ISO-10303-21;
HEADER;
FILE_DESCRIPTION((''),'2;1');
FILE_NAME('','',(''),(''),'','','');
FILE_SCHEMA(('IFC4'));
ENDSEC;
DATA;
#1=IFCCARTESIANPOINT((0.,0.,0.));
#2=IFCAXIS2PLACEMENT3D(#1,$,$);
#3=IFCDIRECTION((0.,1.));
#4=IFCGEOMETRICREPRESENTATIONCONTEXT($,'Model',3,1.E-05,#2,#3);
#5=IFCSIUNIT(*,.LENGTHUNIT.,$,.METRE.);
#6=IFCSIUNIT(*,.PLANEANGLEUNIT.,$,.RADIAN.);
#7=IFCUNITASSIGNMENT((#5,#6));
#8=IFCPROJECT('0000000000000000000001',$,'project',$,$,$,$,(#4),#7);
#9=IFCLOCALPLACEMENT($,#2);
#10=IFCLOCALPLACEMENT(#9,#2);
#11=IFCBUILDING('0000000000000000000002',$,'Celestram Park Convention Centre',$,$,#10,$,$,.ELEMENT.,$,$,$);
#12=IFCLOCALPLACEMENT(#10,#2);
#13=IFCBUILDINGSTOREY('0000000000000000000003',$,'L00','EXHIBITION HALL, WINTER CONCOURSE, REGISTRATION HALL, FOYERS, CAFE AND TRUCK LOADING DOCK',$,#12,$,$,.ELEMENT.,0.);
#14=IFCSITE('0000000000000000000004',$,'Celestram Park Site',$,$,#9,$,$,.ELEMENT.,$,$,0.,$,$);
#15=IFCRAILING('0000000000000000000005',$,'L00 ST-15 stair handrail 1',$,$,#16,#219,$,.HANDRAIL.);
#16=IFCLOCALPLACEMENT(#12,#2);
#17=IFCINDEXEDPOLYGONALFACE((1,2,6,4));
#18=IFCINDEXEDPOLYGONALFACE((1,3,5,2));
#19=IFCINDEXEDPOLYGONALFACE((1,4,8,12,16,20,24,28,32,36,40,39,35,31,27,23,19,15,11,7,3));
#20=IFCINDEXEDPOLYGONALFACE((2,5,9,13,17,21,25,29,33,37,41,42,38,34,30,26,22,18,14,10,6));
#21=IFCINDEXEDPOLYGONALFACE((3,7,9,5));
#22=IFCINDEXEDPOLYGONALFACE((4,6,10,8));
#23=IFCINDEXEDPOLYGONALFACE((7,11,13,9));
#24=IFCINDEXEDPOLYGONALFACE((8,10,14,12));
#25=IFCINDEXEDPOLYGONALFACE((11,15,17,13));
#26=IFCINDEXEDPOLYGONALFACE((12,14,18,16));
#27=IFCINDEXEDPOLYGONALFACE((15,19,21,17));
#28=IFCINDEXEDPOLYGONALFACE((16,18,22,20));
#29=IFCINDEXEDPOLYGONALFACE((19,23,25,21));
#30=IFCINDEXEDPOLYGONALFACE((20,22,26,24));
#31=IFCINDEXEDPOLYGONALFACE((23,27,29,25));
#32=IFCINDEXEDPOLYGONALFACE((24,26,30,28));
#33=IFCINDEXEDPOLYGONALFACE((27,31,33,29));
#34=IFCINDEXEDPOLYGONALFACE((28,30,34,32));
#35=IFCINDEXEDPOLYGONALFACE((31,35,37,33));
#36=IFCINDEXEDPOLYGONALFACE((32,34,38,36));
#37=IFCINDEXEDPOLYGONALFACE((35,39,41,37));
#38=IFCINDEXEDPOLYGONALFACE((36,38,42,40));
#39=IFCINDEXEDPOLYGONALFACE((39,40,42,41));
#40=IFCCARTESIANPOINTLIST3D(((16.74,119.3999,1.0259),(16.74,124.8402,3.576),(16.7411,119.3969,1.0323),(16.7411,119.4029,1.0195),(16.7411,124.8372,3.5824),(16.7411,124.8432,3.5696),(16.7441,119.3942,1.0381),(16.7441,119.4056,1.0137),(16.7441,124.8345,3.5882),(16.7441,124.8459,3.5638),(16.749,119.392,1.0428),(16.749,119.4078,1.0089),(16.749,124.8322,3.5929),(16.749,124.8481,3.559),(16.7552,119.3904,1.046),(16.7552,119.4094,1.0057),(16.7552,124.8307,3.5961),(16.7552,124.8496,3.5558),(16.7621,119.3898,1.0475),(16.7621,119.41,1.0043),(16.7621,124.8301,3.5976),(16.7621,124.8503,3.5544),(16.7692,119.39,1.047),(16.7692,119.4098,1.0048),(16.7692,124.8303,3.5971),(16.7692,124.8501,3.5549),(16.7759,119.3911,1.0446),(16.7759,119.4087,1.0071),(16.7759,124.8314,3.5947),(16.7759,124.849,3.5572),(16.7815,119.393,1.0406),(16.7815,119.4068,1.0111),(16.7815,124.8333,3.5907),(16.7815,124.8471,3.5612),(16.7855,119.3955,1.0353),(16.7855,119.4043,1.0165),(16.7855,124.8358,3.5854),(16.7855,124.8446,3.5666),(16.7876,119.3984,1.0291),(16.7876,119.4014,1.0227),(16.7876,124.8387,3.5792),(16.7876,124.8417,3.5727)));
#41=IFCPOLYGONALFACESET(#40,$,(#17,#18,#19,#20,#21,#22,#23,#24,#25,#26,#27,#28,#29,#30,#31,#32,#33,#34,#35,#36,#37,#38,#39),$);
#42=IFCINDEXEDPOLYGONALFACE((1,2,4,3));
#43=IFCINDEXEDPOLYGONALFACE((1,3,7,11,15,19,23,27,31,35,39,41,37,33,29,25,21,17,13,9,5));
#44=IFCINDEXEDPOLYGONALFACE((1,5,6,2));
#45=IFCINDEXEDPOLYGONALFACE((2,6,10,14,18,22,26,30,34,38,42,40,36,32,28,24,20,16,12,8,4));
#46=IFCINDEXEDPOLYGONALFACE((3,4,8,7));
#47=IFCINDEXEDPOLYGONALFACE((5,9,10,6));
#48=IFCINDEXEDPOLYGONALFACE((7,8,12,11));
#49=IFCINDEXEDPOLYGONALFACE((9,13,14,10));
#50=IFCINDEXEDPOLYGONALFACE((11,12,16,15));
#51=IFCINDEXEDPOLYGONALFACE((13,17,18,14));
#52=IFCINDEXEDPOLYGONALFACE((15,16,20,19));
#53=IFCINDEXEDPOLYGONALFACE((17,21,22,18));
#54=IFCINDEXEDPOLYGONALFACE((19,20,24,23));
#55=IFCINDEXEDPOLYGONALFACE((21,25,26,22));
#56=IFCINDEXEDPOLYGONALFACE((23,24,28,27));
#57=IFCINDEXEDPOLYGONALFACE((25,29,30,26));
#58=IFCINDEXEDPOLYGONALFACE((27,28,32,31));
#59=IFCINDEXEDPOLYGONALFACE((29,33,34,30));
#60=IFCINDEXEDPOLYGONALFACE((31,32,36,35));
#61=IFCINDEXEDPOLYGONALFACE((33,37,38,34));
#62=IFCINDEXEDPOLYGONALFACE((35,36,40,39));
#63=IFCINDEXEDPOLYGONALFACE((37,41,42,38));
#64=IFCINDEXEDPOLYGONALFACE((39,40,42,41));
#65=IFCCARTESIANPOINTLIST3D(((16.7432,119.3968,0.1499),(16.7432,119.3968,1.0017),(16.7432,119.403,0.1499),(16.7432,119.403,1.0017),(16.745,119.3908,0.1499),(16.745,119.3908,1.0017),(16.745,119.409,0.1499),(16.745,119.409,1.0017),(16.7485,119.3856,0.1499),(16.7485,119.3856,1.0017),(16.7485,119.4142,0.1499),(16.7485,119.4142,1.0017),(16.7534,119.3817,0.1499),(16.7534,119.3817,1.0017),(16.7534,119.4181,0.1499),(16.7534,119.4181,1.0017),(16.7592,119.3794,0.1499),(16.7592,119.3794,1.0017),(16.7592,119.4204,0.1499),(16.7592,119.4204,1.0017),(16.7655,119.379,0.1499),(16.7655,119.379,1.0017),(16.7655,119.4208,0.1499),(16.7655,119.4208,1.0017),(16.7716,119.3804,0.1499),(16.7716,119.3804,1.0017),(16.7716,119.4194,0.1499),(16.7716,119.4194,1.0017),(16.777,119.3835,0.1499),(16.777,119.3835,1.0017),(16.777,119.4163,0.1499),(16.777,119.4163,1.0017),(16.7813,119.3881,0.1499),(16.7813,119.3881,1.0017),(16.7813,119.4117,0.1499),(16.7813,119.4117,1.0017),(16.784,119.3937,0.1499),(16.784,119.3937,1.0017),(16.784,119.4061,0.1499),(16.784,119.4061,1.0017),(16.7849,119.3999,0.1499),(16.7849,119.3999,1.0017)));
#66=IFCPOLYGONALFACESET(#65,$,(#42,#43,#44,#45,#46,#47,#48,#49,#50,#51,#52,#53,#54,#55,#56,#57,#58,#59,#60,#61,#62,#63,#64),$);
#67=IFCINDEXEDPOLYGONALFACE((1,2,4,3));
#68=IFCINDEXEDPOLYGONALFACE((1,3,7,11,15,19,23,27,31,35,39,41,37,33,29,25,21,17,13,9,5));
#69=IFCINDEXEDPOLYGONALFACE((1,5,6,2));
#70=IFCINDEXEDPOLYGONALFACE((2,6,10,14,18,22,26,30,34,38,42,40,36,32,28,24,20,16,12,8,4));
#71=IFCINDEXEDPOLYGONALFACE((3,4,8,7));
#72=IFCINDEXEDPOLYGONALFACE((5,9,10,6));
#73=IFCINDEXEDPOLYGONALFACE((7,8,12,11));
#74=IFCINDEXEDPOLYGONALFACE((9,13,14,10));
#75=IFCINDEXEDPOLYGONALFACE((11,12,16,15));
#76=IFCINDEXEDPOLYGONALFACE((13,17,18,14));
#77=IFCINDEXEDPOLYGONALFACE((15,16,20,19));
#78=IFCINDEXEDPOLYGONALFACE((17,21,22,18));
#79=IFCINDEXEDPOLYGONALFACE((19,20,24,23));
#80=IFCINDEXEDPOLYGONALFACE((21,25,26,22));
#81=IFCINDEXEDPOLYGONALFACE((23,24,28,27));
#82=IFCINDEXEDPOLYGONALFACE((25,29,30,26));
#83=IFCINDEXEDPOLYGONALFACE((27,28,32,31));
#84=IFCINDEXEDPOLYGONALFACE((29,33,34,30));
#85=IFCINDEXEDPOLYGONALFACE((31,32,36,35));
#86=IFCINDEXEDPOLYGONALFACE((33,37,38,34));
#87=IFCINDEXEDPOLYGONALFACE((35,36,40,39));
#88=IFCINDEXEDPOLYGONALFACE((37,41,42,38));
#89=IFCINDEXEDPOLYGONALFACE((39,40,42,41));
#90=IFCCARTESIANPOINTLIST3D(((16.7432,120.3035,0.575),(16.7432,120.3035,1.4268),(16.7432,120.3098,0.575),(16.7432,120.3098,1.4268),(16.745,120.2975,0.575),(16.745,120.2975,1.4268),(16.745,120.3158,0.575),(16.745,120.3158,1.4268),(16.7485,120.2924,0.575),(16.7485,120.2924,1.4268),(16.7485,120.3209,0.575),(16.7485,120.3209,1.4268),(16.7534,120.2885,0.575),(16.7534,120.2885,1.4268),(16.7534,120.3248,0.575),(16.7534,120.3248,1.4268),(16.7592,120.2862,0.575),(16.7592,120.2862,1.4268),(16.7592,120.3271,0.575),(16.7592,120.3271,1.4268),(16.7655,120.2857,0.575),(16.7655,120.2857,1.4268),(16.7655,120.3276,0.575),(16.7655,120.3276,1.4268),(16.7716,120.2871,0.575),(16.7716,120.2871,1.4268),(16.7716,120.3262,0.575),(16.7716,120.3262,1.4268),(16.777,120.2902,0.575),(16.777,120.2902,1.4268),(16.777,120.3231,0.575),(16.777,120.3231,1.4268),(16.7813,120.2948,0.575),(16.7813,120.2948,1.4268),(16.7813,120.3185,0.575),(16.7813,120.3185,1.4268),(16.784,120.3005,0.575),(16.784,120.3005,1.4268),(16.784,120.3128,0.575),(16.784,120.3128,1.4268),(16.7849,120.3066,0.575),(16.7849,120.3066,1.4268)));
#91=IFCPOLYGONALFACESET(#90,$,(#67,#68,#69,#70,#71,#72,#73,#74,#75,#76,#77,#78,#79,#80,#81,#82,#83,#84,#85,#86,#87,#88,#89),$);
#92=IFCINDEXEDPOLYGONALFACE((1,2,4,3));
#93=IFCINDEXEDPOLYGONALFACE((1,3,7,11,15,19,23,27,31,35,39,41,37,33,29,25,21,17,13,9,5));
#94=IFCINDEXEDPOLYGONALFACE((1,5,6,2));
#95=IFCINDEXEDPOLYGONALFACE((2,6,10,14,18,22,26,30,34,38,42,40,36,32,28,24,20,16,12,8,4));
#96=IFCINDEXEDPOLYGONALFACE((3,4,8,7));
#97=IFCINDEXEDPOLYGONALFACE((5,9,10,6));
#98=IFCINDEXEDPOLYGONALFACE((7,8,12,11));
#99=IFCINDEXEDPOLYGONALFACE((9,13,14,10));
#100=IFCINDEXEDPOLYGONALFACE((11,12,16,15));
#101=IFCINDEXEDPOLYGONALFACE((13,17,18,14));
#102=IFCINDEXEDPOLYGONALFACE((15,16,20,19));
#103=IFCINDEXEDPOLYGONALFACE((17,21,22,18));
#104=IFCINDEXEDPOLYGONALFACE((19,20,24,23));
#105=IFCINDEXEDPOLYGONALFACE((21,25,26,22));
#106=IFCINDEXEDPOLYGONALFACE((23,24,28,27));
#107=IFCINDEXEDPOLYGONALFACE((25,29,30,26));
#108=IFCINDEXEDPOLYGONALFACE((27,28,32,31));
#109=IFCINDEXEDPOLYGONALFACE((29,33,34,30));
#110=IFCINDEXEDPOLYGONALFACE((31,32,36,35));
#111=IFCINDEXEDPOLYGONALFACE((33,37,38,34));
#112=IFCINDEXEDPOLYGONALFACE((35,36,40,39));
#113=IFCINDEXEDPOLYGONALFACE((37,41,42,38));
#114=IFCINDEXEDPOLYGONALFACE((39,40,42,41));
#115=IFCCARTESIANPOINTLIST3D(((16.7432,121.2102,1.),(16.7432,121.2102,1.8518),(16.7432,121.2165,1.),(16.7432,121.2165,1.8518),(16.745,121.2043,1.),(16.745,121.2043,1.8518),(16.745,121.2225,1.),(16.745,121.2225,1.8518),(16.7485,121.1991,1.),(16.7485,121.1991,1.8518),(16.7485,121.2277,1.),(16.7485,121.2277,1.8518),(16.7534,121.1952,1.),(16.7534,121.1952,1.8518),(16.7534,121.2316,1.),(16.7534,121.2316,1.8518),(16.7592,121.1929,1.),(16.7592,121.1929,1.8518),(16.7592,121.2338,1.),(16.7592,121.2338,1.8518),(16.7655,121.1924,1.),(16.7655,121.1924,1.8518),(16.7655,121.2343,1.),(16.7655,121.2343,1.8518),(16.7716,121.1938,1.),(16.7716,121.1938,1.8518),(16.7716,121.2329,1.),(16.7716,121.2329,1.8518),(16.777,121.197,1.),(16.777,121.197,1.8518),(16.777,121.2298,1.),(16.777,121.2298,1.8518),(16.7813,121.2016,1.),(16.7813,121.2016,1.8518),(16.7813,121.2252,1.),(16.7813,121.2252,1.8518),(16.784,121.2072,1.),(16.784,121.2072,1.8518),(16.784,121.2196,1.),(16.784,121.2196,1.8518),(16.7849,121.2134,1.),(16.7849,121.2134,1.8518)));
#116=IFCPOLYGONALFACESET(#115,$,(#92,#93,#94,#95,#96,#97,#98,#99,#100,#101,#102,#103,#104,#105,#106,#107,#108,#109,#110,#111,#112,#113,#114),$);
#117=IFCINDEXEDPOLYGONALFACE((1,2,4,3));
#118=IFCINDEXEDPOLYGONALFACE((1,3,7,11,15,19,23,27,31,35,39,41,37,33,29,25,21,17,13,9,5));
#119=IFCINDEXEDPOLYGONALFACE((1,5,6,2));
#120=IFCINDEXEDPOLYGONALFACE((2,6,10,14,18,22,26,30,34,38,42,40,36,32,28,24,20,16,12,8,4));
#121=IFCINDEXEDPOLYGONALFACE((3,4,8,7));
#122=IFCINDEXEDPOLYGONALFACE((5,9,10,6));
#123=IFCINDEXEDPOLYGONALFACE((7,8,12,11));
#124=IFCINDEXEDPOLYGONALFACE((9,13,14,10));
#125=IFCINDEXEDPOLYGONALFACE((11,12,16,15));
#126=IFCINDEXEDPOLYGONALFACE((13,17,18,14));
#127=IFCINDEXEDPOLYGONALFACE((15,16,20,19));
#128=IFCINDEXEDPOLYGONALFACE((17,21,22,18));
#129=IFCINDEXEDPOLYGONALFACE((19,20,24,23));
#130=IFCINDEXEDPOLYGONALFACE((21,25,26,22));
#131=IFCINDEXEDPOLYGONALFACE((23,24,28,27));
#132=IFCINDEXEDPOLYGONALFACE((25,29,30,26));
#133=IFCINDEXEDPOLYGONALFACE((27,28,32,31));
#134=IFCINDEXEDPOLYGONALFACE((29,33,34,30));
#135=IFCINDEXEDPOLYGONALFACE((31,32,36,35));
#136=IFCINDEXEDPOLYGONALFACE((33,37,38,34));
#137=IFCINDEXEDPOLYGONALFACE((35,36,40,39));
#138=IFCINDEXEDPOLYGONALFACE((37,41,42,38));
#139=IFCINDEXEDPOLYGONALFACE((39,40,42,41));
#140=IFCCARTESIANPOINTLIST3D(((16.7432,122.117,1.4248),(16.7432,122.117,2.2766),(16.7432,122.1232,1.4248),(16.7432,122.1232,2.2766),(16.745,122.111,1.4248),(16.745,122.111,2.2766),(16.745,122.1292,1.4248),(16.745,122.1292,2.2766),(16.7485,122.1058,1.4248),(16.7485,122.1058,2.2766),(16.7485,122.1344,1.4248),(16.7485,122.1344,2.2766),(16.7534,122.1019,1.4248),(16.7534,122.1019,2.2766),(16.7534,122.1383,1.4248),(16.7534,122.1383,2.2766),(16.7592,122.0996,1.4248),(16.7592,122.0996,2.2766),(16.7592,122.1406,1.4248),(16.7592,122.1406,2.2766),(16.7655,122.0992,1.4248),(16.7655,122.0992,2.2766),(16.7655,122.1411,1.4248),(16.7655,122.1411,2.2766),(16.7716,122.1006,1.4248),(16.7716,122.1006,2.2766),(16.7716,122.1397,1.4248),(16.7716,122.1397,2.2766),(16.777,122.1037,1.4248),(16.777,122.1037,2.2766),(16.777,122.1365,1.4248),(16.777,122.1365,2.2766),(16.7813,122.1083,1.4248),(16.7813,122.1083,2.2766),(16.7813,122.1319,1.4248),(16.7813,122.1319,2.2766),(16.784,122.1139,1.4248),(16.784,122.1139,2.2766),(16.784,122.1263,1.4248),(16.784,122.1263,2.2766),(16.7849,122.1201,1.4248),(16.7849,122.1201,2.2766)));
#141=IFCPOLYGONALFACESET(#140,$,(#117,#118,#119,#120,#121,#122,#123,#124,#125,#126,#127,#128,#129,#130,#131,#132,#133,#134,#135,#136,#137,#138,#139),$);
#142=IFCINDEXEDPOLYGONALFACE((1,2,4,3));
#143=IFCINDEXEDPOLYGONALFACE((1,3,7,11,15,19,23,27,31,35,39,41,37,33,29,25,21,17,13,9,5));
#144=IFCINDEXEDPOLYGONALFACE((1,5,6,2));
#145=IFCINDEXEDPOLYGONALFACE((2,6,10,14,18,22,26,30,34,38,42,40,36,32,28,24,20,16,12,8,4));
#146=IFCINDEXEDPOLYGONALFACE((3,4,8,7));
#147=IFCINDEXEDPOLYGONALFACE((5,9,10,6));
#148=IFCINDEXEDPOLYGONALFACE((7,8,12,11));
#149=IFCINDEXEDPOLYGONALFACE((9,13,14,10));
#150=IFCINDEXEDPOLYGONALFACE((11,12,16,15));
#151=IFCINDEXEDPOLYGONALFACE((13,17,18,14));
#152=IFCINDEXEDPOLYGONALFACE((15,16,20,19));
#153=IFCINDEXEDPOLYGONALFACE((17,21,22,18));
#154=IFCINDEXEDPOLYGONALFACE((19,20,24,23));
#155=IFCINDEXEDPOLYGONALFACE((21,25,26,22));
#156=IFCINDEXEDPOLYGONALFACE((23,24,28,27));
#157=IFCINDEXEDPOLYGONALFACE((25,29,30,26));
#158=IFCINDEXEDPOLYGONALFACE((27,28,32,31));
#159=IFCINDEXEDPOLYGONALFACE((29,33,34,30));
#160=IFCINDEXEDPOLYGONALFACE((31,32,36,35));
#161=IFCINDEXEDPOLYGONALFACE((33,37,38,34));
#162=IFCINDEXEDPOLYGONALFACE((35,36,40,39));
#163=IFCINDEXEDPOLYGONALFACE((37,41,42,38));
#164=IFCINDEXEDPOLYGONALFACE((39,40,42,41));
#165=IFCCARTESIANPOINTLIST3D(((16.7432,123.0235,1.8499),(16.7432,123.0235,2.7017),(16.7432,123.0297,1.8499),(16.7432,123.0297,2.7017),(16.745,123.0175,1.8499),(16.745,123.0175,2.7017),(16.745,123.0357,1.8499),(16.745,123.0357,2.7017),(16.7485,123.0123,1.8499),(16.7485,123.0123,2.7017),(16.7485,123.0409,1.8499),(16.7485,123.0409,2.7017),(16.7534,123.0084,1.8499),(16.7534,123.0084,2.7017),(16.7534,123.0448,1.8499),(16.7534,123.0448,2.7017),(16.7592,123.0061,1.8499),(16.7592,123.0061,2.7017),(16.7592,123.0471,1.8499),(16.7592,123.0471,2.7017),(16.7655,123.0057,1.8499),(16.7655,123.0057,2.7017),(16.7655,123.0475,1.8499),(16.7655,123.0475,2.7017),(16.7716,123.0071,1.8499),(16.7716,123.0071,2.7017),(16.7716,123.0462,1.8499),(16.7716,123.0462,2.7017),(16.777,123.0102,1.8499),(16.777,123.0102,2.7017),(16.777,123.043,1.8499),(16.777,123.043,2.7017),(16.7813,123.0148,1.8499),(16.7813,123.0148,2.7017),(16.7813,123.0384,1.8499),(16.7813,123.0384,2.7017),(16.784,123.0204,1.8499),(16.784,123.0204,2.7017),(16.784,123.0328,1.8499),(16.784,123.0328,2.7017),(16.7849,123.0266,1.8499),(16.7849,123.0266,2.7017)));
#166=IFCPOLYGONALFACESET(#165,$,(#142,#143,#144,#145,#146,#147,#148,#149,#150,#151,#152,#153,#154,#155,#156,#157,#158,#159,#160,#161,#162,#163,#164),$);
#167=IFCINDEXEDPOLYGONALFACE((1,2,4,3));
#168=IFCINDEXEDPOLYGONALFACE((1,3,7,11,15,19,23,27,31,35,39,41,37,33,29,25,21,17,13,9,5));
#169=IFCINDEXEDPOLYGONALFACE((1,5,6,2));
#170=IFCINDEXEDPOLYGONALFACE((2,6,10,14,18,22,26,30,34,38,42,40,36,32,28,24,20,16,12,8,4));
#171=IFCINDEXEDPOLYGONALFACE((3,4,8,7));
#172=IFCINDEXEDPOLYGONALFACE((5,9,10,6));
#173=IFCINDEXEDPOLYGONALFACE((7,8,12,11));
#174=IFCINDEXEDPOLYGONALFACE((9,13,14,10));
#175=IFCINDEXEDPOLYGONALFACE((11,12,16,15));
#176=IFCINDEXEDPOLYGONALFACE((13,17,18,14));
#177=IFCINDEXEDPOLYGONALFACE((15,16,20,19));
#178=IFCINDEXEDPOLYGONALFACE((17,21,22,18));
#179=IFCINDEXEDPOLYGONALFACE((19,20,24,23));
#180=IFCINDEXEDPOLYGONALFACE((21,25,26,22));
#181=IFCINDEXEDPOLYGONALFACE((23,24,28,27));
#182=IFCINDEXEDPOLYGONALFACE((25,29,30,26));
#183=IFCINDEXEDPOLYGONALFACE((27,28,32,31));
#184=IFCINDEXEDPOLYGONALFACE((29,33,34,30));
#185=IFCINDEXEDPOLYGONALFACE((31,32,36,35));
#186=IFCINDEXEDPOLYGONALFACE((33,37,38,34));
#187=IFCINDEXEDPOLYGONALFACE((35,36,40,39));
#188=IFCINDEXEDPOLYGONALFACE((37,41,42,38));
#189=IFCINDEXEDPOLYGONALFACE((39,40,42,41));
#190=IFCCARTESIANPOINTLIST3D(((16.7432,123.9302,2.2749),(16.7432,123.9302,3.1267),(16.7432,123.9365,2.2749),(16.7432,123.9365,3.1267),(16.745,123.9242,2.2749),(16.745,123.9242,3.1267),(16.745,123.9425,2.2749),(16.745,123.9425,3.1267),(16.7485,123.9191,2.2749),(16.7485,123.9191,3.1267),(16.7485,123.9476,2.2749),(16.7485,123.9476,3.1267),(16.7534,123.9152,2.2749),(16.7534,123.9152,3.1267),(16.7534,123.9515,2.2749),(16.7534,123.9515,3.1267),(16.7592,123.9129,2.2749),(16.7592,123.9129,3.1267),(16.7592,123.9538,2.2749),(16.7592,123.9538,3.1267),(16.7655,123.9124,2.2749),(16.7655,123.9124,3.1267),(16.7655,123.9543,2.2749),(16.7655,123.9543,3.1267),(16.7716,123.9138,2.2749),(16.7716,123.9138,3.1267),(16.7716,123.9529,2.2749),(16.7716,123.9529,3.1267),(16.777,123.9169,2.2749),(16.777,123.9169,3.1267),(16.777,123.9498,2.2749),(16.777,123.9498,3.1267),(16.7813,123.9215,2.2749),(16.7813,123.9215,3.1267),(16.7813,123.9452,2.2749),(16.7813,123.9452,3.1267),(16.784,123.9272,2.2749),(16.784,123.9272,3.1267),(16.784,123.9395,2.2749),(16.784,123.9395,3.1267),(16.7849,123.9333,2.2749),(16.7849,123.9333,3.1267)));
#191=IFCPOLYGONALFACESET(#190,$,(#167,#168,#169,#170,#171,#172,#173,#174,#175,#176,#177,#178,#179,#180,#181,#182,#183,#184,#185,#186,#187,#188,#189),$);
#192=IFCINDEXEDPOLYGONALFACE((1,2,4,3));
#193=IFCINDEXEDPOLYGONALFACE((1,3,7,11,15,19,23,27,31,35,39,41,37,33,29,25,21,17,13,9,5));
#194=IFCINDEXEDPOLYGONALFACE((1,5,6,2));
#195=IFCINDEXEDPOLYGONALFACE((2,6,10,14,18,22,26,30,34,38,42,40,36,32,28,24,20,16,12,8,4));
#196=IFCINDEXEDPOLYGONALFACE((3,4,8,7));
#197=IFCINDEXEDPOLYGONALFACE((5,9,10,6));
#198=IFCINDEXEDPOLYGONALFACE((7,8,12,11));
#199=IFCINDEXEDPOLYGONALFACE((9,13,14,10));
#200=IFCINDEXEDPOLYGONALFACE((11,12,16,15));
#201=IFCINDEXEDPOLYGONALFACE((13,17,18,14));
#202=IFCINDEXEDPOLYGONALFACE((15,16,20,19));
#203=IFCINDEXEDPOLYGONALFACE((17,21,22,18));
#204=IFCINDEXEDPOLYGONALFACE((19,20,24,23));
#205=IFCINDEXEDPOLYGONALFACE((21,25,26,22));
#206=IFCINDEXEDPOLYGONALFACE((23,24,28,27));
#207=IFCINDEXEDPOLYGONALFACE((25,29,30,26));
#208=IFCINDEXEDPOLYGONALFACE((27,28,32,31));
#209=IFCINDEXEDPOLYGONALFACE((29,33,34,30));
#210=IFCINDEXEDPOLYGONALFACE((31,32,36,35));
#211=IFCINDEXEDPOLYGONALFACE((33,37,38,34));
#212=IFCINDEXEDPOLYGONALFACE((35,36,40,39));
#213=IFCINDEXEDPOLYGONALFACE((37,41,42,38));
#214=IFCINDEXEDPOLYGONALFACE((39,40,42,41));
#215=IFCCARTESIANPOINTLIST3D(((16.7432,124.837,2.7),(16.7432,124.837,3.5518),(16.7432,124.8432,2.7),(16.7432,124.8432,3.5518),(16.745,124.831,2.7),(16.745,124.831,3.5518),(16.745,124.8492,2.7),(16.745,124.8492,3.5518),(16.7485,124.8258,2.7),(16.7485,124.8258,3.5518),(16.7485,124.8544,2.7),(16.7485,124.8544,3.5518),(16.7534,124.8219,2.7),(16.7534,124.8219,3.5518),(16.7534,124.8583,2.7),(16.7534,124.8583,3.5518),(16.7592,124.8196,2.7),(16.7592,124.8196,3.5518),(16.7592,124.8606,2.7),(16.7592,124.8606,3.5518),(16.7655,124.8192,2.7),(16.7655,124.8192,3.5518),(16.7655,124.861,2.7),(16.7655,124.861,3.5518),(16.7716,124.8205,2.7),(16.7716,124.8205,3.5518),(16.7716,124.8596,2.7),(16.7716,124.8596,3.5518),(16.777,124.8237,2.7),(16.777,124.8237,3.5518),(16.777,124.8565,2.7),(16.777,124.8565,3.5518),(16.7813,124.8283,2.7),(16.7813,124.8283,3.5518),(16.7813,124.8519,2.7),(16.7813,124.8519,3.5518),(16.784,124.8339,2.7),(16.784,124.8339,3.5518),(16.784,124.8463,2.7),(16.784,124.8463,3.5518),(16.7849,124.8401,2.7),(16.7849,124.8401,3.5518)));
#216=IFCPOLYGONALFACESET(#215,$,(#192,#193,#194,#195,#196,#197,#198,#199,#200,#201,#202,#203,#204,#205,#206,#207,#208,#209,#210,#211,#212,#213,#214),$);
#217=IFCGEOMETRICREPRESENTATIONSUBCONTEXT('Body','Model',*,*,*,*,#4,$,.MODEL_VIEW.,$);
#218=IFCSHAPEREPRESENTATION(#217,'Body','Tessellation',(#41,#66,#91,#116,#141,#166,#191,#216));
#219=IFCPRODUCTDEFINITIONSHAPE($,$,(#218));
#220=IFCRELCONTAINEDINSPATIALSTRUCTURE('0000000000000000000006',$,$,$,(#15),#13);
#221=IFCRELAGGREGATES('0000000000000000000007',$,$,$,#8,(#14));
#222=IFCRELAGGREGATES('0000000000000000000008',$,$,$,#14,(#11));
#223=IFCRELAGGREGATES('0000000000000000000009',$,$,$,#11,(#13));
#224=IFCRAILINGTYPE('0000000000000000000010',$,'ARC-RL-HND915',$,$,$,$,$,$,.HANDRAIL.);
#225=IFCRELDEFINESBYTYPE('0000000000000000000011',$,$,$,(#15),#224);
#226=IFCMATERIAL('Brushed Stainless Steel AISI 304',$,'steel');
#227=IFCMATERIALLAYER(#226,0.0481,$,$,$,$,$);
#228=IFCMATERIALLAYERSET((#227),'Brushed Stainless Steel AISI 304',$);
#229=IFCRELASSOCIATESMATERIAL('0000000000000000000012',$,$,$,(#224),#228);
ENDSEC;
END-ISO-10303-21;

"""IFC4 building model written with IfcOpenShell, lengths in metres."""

from ifc_helpers import new_model, si_unit, direction, frame, origin, origin_2d, place, context, subcontext, project, spatial, circle, extrude, material, layer, layer_set, type_object, element, save


model = new_model("IFC4")

# Units and contexts
model_context = context("Model", 3, precision=1e-05, world=origin(), true_north=direction((0.0, 1.0)))
body_context = subcontext(model_context, "Body", "Model", "MODEL_VIEW")
ifc_project = project(units=[si_unit("LENGTHUNIT", "METRE"), si_unit("PLANEANGLEUNIT", "RADIAN")], contexts=[model_context])

# Site, building, storey
site_placement = place(None, origin())
site = spatial("IfcSite", under=ifc_project, at=site_placement, Name="Celestram Park Site", CompositionType="ELEMENT", RefElevation=0.0)
building_placement = place(site_placement, origin())
building = spatial("IfcBuilding", under=site, at=building_placement, Name="Celestram Park Convention Centre", CompositionType="ELEMENT")
storey_placement = place(building_placement, origin())
storey = spatial("IfcBuildingStorey", under=building, at=storey_placement, Name="L00", Description="EXHIBITION HALL, WINTER CONCOURSE, REGISTRATION HALL, FOYERS, CAFE AND TRUCK LOADING DOCK", CompositionType="ELEMENT", Elevation=0.0)

# Railing
ifc_material_1 = material(Name="Brushed Stainless Steel AISI 304", Category="steel")
ifc_layer_1 = layer(ifc_material_1, 0.0481)
ifc_layer_set_1 = layer_set([ifc_layer_1], Name="Brushed Stainless Steel AISI 304")
railing_type_1 = type_object("IfcRailingType", Name="ARC-RL-HND915", PredefinedType="HANDRAIL", material=ifc_layer_set_1)
railing_1_placement = place(storey_placement, frame((16.7639, 119.3999, 0.1499)))
element("IfcRailing", 1, at=railing_1_placement, inside=storey, type_object=railing_type_1, Name="L00 ST-15 stair handrail 1", PredefinedType="HANDRAIL", context=body_context, shape_type="SweptSolid", body=[
    extrude(circle(Radius=0.0239, at=origin_2d()), frame((0.0, 0.0, 0.876), z_axis=(0.0, 0.905461, 0.424429), x_axis=(-1.0, 0.0, 0.0)), (0.0, 0.0, 1.0), 6.0083),
    extrude(circle(Radius=0.021, at=origin_2d()), origin(), (0.0, 0.0, 1.0), 0.8518),
    extrude(circle(Radius=0.021, at=origin_2d()), frame((0.0, 0.9067, 0.425)), (0.0, 0.0, 1.0), 0.8518),
    extrude(circle(Radius=0.021, at=origin_2d()), frame((0.0, 1.8135, 0.8501)), (0.0, 0.0, 1.0), 0.8518),
    extrude(circle(Radius=0.021, at=origin_2d()), frame((0.0, 2.7202, 1.2749)), (0.0, 0.0, 1.0), 0.8518),
    extrude(circle(Radius=0.021, at=origin_2d()), frame((0.0, 3.6267, 1.7)), (0.0, 0.0, 1.0), 0.8518),
    extrude(circle(Radius=0.021, at=origin_2d()), frame((0.0, 4.5334, 2.125)), (0.0, 0.0, 1.0), 0.8518),
    extrude(circle(Radius=0.021, at=origin_2d()), frame((0.0, 5.4402, 2.55)), (0.0, 0.0, 1.0), 0.8518),
])

save(model, "model.ifc")
